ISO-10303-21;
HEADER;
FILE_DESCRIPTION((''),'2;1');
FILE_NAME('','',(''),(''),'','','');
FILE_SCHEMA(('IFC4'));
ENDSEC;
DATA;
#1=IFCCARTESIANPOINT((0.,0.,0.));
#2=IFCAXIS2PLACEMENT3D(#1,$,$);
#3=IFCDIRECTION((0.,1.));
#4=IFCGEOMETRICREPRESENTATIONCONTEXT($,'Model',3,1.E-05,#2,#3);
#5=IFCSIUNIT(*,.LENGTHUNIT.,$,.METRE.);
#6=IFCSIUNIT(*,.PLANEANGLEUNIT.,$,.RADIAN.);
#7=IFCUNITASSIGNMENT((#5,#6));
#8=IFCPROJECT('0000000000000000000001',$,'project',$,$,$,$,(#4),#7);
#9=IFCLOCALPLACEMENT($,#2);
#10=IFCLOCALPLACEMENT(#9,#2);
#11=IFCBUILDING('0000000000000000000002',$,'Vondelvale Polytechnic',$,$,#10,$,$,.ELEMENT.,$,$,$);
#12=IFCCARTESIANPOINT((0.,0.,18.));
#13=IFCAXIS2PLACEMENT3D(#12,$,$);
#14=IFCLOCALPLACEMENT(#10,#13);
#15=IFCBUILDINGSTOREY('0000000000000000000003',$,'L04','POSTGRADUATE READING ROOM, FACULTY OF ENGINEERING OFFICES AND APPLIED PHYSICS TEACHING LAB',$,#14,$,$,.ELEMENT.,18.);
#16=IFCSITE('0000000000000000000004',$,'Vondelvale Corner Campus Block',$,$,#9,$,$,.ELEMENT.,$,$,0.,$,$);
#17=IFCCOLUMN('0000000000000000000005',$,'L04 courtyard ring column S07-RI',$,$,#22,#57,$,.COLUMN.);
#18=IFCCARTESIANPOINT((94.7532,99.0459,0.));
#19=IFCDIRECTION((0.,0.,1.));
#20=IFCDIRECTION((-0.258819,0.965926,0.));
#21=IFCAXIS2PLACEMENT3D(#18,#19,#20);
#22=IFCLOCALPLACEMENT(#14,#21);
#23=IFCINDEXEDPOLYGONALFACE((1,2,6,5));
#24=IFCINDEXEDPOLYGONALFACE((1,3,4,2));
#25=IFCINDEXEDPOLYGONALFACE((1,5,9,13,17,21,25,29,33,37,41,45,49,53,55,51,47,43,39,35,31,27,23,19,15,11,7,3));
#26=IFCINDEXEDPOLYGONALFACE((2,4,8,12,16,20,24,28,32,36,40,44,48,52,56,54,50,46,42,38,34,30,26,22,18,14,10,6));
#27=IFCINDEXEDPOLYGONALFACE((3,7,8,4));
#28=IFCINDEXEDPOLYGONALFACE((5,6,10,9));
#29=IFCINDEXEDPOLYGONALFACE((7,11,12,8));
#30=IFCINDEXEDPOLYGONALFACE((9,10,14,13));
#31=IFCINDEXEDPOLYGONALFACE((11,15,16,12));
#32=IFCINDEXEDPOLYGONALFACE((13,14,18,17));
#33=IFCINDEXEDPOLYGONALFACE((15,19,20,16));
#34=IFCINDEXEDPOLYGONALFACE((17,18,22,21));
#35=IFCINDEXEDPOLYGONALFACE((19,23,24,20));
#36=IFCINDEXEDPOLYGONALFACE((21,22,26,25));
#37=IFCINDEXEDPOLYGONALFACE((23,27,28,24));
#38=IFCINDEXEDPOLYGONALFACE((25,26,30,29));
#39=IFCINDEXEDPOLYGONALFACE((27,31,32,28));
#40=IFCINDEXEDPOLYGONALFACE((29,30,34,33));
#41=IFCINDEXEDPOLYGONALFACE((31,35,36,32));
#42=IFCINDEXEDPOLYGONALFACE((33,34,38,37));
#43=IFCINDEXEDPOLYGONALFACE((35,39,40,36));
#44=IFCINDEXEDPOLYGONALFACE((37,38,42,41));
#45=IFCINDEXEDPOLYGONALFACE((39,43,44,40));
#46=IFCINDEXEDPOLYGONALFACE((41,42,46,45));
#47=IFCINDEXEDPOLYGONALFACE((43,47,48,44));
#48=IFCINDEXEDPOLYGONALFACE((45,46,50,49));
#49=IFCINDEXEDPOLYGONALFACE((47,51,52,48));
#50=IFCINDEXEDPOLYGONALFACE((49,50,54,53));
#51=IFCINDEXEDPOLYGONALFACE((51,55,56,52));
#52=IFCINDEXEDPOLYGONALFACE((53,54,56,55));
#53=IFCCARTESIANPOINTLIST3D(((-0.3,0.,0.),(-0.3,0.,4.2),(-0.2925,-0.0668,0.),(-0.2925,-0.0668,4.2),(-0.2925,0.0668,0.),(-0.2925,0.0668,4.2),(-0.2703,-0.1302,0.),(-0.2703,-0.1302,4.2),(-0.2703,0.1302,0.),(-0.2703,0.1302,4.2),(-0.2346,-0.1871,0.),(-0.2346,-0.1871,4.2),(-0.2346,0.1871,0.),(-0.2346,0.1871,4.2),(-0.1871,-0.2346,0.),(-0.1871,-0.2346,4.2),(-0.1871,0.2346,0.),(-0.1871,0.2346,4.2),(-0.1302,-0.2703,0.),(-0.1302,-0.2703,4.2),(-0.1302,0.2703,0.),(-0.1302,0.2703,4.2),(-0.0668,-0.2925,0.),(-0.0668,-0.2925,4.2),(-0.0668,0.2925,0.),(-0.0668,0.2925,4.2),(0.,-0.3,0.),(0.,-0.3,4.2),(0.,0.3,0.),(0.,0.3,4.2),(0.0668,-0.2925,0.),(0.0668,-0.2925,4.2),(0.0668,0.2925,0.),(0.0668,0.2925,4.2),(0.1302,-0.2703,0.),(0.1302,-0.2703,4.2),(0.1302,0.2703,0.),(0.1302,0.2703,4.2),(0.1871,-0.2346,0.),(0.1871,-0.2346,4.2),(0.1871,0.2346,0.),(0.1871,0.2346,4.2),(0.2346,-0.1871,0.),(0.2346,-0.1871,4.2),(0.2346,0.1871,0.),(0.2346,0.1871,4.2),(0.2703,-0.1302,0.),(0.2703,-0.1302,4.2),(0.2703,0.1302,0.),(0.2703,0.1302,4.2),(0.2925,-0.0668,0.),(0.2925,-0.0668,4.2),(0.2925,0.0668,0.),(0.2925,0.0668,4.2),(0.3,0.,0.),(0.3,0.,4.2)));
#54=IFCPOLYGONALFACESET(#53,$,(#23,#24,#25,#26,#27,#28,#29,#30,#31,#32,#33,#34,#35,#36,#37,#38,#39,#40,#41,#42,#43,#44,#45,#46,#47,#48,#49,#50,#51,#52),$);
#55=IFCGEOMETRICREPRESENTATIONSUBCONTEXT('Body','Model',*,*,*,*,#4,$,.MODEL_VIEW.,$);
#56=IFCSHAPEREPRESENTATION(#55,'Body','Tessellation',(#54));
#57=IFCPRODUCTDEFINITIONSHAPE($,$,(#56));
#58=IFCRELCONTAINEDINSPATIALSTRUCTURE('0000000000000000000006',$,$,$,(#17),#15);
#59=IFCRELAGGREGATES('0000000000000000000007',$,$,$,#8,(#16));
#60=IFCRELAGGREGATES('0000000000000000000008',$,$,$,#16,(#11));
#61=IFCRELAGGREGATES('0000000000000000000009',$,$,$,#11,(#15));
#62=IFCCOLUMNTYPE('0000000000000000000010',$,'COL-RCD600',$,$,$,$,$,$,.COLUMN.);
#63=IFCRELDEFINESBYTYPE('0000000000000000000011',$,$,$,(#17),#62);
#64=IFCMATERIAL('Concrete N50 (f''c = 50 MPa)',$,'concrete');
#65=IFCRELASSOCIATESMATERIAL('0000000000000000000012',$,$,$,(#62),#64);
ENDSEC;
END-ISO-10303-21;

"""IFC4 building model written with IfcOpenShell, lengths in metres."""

from ifc_helpers import new_model, si_unit, direction, frame, origin, origin_2d, place, context, subcontext, project, spatial, circle, extrude, material, material_profile, profile_set, type_object, element, save


model = new_model("IFC4")

# Units and contexts
model_context = context("Model", 3, precision=1e-05, world=origin(), true_north=direction((0.0, 1.0)))
body_context = subcontext(model_context, "Body", "Model", "MODEL_VIEW")
ifc_project = project(units=[si_unit("LENGTHUNIT", "METRE"), si_unit("PLANEANGLEUNIT", "RADIAN")], contexts=[model_context])

# Site, building, storey
site_placement = place(None, origin())
site = spatial("IfcSite", under=ifc_project, at=site_placement, Name="Vondelvale Corner Campus Block", CompositionType="ELEMENT", RefElevation=0.0)
building_placement = place(site_placement, origin())
building = spatial("IfcBuilding", under=site, at=building_placement, Name="Vondelvale Polytechnic", CompositionType="ELEMENT")
storey_placement = place(building_placement, frame((0.0, 0.0, 18.0)))
storey = spatial("IfcBuildingStorey", under=building, at=storey_placement, Name="L04", Description="POSTGRADUATE READING ROOM, FACULTY OF ENGINEERING OFFICES AND APPLIED PHYSICS TEACHING LAB", CompositionType="ELEMENT", Elevation=18.0)

# Column
ifc_material_1 = material(Name="Concrete N50 (f'c = 50 MPa)", Category="concrete")
ifc_material_profile_1 = material_profile(ifc_material_1, circle(Radius=0.3, at=origin_2d()), Name="RC-COL-D600")
ifc_profile_set_1 = profile_set([ifc_material_profile_1], Name="Concrete N50 (f'c = 50 MPa)")
column_type = type_object("IfcColumnType", Name="COL-RCD600", PredefinedType="COLUMN", material=ifc_profile_set_1)
column_placement = place(storey_placement, frame((94.7532, 99.0459, 0.0), z_axis=(0.0, 0.0, 1.0), x_axis=(-0.258819, 0.965926, 0.0)))
element("IfcColumn", 1, at=column_placement, inside=storey, type_object=column_type, Name="L04 courtyard ring column S07-RI", PredefinedType="COLUMN", context=body_context, shape_type="SweptSolid", body=[
    extrude(circle(Radius=0.3, at=origin_2d()), origin(), (0.0, 0.0, 1.0), 4.2),
])

save(model, "model.ifc")
